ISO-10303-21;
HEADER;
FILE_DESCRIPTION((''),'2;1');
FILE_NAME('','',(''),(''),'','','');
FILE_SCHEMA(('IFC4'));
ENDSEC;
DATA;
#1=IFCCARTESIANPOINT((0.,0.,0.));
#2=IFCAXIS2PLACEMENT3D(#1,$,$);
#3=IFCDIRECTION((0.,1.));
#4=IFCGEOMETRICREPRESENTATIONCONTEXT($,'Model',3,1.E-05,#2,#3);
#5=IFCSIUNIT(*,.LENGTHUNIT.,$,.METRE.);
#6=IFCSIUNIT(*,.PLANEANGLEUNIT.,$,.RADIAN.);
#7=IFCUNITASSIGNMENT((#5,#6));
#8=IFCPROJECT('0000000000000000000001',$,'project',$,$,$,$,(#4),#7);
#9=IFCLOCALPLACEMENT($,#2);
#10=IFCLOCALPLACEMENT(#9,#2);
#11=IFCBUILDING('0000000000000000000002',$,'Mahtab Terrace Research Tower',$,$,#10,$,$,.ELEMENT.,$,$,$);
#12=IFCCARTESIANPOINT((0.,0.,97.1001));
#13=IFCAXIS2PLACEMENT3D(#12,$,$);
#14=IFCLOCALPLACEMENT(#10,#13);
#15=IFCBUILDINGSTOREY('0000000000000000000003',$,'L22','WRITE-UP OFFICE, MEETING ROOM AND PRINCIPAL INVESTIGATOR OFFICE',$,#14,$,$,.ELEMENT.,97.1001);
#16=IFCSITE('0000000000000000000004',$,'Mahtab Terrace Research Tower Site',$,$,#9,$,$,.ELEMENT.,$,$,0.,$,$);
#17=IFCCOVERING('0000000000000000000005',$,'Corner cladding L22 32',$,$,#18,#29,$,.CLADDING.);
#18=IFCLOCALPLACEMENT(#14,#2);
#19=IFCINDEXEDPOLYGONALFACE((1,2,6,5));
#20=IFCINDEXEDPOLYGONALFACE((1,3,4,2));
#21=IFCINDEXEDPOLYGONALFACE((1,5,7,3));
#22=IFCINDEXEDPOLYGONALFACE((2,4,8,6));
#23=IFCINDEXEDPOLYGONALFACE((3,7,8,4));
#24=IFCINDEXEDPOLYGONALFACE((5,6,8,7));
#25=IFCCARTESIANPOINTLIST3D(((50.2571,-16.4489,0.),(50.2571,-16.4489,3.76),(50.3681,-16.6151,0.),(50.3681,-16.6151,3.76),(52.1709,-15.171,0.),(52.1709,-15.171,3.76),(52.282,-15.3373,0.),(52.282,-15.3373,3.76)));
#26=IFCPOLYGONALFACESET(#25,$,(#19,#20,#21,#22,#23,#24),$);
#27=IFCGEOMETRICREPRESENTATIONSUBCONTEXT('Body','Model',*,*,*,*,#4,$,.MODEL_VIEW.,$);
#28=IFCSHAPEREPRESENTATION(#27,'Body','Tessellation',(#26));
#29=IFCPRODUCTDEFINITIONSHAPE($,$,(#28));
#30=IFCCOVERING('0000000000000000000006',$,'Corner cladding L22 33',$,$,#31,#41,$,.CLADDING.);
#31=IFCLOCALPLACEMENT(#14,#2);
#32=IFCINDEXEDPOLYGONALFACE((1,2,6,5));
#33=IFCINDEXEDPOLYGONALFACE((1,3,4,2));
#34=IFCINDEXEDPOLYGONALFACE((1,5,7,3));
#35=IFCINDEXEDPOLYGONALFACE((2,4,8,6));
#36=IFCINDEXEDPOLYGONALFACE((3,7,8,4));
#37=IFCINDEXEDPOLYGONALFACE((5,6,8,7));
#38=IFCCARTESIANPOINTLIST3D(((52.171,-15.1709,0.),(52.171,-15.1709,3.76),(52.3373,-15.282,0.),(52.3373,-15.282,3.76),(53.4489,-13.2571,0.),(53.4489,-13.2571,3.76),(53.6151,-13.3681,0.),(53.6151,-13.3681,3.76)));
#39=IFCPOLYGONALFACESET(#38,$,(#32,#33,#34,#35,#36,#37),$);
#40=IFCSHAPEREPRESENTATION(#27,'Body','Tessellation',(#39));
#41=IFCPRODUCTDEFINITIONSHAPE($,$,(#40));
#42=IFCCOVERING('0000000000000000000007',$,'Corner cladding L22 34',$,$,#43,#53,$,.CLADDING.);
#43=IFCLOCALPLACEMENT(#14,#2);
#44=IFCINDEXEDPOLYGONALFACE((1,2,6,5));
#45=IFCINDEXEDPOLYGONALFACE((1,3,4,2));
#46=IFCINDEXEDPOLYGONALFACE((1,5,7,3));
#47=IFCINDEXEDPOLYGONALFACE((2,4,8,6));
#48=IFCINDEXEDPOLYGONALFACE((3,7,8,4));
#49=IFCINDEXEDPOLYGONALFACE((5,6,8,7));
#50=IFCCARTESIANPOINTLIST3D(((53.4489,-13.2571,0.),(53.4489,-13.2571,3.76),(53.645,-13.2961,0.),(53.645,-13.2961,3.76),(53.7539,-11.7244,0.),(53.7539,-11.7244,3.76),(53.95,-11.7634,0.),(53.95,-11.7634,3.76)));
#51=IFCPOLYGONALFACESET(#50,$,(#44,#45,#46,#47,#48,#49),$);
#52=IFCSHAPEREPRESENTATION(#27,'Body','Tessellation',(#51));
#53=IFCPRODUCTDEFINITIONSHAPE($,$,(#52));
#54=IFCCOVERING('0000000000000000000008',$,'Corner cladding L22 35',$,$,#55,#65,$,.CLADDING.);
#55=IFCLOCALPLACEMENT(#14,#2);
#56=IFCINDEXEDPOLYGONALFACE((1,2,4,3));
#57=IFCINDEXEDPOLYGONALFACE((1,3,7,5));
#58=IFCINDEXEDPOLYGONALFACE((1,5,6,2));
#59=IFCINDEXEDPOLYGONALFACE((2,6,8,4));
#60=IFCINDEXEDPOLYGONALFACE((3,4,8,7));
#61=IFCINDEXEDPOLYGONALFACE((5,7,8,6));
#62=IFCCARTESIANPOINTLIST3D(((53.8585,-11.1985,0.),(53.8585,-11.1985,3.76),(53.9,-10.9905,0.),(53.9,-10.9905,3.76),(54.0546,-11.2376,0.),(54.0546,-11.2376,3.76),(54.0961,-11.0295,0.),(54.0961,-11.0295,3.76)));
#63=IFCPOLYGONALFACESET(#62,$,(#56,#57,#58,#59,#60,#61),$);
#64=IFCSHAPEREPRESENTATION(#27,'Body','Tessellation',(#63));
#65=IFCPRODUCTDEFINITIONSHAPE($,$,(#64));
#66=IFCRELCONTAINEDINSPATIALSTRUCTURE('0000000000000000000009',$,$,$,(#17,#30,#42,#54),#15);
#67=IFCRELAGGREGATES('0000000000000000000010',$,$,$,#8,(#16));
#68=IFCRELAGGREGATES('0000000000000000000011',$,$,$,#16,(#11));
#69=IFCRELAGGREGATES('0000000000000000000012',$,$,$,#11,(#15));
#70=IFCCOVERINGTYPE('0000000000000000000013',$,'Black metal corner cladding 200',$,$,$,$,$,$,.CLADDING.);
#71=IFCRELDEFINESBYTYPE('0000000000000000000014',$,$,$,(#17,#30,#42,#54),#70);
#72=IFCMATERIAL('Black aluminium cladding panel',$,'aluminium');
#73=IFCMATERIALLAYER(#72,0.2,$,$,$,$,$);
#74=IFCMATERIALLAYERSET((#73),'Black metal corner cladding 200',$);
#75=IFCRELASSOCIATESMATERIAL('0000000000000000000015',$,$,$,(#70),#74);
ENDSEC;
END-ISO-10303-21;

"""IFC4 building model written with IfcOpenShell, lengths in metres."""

from ifc_helpers import new_model, si_unit, direction, frame, origin, origin_2d, place, context, subcontext, project, spatial, rectangle, extrude, material, layer, layer_set, type_object, element, save


model = new_model("IFC4")

# Units and contexts
model_context = context("Model", 3, precision=1e-05, world=origin(), true_north=direction((0.0, 1.0)))
body_context = subcontext(model_context, "Body", "Model", "MODEL_VIEW")
ifc_project = project(units=[si_unit("LENGTHUNIT", "METRE"), si_unit("PLANEANGLEUNIT", "RADIAN")], contexts=[model_context])

# Site, building, storey
site_placement = place(None, origin())
site = spatial("IfcSite", under=ifc_project, at=site_placement, Name="Mahtab Terrace Research Tower Site", CompositionType="ELEMENT", RefElevation=0.0)
building_placement = place(site_placement, origin())
building = spatial("IfcBuilding", under=site, at=building_placement, Name="Mahtab Terrace Research Tower", CompositionType="ELEMENT")
storey_placement = place(building_placement, frame((0.0, 0.0, 97.1001)))
storey = spatial("IfcBuildingStorey", under=building, at=storey_placement, Name="L22", Description="WRITE-UP OFFICE, MEETING ROOM AND PRINCIPAL INVESTIGATOR OFFICE", CompositionType="ELEMENT", Elevation=97.1001)

# Shared definitions
ifc_material_1 = material(Name="Black aluminium cladding panel", Category="aluminium")

# Coverings
ifc_layer_1 = layer(ifc_material_1, 0.2)
ifc_layer_set_1 = layer_set([ifc_layer_1], Name="Black metal corner cladding 200")
covering_type = type_object("IfcCoveringType", Name="Black metal corner cladding 200", PredefinedType="CLADDING", material=ifc_layer_set_1)
for number, where, z_axis, x_axis, name in (
    (1, (51.2695, -15.8931, 0.0), (0.0, 0.0, 1.0), (0.831656, 0.555291, 0.0), "Corner cladding L22 32"),
    (2, (52.8931, -14.2695, 0.0), (0.0, 0.0, 1.0), (0.555291, 0.831656, 0.0), "Corner cladding L22 33"),
):
    element("IfcCovering", number, at=place(storey_placement, frame(where, z_axis=z_axis, x_axis=x_axis)), inside=storey, type_object=covering_type, Name=name, PredefinedType="CLADDING", context=body_context, shape_type="SweptSolid", body=[
        extrude(rectangle(XDim=2.3013, YDim=0.2, at=origin_2d()), origin(), (0.0, 0.0, 1.0), 3.76),
    ])
covering_1_placement = place(storey_placement, frame((53.6995, -12.5103, 0.0), z_axis=(0.0, 0.0, 1.0), x_axis=(0.195212, 0.980761, 0.0)))
element("IfcCovering", 3, at=covering_1_placement, inside=storey, type_object=covering_type, Name="Corner cladding L22 34", PredefinedType="CLADDING", context=body_context, shape_type="SweptSolid", body=[
    extrude(rectangle(XDim=1.5627, YDim=0.2, at=origin_2d()), origin(), (0.0, 0.0, 1.0), 3.76),
])
covering_2_placement = place(storey_placement, frame((53.9773, -11.114, 0.0), z_axis=(0.0, 0.0, 1.0), x_axis=(0.195212, 0.980761, 0.0)))
element("IfcCovering", 4, at=covering_2_placement, inside=storey, type_object=covering_type, Name="Corner cladding L22 35", PredefinedType="CLADDING", context=body_context, shape_type="SweptSolid", body=[
    extrude(rectangle(XDim=0.2122, YDim=0.2, at=origin_2d()), origin(), (0.0, 0.0, 1.0), 3.76),
])

save(model, "model.ifc")
